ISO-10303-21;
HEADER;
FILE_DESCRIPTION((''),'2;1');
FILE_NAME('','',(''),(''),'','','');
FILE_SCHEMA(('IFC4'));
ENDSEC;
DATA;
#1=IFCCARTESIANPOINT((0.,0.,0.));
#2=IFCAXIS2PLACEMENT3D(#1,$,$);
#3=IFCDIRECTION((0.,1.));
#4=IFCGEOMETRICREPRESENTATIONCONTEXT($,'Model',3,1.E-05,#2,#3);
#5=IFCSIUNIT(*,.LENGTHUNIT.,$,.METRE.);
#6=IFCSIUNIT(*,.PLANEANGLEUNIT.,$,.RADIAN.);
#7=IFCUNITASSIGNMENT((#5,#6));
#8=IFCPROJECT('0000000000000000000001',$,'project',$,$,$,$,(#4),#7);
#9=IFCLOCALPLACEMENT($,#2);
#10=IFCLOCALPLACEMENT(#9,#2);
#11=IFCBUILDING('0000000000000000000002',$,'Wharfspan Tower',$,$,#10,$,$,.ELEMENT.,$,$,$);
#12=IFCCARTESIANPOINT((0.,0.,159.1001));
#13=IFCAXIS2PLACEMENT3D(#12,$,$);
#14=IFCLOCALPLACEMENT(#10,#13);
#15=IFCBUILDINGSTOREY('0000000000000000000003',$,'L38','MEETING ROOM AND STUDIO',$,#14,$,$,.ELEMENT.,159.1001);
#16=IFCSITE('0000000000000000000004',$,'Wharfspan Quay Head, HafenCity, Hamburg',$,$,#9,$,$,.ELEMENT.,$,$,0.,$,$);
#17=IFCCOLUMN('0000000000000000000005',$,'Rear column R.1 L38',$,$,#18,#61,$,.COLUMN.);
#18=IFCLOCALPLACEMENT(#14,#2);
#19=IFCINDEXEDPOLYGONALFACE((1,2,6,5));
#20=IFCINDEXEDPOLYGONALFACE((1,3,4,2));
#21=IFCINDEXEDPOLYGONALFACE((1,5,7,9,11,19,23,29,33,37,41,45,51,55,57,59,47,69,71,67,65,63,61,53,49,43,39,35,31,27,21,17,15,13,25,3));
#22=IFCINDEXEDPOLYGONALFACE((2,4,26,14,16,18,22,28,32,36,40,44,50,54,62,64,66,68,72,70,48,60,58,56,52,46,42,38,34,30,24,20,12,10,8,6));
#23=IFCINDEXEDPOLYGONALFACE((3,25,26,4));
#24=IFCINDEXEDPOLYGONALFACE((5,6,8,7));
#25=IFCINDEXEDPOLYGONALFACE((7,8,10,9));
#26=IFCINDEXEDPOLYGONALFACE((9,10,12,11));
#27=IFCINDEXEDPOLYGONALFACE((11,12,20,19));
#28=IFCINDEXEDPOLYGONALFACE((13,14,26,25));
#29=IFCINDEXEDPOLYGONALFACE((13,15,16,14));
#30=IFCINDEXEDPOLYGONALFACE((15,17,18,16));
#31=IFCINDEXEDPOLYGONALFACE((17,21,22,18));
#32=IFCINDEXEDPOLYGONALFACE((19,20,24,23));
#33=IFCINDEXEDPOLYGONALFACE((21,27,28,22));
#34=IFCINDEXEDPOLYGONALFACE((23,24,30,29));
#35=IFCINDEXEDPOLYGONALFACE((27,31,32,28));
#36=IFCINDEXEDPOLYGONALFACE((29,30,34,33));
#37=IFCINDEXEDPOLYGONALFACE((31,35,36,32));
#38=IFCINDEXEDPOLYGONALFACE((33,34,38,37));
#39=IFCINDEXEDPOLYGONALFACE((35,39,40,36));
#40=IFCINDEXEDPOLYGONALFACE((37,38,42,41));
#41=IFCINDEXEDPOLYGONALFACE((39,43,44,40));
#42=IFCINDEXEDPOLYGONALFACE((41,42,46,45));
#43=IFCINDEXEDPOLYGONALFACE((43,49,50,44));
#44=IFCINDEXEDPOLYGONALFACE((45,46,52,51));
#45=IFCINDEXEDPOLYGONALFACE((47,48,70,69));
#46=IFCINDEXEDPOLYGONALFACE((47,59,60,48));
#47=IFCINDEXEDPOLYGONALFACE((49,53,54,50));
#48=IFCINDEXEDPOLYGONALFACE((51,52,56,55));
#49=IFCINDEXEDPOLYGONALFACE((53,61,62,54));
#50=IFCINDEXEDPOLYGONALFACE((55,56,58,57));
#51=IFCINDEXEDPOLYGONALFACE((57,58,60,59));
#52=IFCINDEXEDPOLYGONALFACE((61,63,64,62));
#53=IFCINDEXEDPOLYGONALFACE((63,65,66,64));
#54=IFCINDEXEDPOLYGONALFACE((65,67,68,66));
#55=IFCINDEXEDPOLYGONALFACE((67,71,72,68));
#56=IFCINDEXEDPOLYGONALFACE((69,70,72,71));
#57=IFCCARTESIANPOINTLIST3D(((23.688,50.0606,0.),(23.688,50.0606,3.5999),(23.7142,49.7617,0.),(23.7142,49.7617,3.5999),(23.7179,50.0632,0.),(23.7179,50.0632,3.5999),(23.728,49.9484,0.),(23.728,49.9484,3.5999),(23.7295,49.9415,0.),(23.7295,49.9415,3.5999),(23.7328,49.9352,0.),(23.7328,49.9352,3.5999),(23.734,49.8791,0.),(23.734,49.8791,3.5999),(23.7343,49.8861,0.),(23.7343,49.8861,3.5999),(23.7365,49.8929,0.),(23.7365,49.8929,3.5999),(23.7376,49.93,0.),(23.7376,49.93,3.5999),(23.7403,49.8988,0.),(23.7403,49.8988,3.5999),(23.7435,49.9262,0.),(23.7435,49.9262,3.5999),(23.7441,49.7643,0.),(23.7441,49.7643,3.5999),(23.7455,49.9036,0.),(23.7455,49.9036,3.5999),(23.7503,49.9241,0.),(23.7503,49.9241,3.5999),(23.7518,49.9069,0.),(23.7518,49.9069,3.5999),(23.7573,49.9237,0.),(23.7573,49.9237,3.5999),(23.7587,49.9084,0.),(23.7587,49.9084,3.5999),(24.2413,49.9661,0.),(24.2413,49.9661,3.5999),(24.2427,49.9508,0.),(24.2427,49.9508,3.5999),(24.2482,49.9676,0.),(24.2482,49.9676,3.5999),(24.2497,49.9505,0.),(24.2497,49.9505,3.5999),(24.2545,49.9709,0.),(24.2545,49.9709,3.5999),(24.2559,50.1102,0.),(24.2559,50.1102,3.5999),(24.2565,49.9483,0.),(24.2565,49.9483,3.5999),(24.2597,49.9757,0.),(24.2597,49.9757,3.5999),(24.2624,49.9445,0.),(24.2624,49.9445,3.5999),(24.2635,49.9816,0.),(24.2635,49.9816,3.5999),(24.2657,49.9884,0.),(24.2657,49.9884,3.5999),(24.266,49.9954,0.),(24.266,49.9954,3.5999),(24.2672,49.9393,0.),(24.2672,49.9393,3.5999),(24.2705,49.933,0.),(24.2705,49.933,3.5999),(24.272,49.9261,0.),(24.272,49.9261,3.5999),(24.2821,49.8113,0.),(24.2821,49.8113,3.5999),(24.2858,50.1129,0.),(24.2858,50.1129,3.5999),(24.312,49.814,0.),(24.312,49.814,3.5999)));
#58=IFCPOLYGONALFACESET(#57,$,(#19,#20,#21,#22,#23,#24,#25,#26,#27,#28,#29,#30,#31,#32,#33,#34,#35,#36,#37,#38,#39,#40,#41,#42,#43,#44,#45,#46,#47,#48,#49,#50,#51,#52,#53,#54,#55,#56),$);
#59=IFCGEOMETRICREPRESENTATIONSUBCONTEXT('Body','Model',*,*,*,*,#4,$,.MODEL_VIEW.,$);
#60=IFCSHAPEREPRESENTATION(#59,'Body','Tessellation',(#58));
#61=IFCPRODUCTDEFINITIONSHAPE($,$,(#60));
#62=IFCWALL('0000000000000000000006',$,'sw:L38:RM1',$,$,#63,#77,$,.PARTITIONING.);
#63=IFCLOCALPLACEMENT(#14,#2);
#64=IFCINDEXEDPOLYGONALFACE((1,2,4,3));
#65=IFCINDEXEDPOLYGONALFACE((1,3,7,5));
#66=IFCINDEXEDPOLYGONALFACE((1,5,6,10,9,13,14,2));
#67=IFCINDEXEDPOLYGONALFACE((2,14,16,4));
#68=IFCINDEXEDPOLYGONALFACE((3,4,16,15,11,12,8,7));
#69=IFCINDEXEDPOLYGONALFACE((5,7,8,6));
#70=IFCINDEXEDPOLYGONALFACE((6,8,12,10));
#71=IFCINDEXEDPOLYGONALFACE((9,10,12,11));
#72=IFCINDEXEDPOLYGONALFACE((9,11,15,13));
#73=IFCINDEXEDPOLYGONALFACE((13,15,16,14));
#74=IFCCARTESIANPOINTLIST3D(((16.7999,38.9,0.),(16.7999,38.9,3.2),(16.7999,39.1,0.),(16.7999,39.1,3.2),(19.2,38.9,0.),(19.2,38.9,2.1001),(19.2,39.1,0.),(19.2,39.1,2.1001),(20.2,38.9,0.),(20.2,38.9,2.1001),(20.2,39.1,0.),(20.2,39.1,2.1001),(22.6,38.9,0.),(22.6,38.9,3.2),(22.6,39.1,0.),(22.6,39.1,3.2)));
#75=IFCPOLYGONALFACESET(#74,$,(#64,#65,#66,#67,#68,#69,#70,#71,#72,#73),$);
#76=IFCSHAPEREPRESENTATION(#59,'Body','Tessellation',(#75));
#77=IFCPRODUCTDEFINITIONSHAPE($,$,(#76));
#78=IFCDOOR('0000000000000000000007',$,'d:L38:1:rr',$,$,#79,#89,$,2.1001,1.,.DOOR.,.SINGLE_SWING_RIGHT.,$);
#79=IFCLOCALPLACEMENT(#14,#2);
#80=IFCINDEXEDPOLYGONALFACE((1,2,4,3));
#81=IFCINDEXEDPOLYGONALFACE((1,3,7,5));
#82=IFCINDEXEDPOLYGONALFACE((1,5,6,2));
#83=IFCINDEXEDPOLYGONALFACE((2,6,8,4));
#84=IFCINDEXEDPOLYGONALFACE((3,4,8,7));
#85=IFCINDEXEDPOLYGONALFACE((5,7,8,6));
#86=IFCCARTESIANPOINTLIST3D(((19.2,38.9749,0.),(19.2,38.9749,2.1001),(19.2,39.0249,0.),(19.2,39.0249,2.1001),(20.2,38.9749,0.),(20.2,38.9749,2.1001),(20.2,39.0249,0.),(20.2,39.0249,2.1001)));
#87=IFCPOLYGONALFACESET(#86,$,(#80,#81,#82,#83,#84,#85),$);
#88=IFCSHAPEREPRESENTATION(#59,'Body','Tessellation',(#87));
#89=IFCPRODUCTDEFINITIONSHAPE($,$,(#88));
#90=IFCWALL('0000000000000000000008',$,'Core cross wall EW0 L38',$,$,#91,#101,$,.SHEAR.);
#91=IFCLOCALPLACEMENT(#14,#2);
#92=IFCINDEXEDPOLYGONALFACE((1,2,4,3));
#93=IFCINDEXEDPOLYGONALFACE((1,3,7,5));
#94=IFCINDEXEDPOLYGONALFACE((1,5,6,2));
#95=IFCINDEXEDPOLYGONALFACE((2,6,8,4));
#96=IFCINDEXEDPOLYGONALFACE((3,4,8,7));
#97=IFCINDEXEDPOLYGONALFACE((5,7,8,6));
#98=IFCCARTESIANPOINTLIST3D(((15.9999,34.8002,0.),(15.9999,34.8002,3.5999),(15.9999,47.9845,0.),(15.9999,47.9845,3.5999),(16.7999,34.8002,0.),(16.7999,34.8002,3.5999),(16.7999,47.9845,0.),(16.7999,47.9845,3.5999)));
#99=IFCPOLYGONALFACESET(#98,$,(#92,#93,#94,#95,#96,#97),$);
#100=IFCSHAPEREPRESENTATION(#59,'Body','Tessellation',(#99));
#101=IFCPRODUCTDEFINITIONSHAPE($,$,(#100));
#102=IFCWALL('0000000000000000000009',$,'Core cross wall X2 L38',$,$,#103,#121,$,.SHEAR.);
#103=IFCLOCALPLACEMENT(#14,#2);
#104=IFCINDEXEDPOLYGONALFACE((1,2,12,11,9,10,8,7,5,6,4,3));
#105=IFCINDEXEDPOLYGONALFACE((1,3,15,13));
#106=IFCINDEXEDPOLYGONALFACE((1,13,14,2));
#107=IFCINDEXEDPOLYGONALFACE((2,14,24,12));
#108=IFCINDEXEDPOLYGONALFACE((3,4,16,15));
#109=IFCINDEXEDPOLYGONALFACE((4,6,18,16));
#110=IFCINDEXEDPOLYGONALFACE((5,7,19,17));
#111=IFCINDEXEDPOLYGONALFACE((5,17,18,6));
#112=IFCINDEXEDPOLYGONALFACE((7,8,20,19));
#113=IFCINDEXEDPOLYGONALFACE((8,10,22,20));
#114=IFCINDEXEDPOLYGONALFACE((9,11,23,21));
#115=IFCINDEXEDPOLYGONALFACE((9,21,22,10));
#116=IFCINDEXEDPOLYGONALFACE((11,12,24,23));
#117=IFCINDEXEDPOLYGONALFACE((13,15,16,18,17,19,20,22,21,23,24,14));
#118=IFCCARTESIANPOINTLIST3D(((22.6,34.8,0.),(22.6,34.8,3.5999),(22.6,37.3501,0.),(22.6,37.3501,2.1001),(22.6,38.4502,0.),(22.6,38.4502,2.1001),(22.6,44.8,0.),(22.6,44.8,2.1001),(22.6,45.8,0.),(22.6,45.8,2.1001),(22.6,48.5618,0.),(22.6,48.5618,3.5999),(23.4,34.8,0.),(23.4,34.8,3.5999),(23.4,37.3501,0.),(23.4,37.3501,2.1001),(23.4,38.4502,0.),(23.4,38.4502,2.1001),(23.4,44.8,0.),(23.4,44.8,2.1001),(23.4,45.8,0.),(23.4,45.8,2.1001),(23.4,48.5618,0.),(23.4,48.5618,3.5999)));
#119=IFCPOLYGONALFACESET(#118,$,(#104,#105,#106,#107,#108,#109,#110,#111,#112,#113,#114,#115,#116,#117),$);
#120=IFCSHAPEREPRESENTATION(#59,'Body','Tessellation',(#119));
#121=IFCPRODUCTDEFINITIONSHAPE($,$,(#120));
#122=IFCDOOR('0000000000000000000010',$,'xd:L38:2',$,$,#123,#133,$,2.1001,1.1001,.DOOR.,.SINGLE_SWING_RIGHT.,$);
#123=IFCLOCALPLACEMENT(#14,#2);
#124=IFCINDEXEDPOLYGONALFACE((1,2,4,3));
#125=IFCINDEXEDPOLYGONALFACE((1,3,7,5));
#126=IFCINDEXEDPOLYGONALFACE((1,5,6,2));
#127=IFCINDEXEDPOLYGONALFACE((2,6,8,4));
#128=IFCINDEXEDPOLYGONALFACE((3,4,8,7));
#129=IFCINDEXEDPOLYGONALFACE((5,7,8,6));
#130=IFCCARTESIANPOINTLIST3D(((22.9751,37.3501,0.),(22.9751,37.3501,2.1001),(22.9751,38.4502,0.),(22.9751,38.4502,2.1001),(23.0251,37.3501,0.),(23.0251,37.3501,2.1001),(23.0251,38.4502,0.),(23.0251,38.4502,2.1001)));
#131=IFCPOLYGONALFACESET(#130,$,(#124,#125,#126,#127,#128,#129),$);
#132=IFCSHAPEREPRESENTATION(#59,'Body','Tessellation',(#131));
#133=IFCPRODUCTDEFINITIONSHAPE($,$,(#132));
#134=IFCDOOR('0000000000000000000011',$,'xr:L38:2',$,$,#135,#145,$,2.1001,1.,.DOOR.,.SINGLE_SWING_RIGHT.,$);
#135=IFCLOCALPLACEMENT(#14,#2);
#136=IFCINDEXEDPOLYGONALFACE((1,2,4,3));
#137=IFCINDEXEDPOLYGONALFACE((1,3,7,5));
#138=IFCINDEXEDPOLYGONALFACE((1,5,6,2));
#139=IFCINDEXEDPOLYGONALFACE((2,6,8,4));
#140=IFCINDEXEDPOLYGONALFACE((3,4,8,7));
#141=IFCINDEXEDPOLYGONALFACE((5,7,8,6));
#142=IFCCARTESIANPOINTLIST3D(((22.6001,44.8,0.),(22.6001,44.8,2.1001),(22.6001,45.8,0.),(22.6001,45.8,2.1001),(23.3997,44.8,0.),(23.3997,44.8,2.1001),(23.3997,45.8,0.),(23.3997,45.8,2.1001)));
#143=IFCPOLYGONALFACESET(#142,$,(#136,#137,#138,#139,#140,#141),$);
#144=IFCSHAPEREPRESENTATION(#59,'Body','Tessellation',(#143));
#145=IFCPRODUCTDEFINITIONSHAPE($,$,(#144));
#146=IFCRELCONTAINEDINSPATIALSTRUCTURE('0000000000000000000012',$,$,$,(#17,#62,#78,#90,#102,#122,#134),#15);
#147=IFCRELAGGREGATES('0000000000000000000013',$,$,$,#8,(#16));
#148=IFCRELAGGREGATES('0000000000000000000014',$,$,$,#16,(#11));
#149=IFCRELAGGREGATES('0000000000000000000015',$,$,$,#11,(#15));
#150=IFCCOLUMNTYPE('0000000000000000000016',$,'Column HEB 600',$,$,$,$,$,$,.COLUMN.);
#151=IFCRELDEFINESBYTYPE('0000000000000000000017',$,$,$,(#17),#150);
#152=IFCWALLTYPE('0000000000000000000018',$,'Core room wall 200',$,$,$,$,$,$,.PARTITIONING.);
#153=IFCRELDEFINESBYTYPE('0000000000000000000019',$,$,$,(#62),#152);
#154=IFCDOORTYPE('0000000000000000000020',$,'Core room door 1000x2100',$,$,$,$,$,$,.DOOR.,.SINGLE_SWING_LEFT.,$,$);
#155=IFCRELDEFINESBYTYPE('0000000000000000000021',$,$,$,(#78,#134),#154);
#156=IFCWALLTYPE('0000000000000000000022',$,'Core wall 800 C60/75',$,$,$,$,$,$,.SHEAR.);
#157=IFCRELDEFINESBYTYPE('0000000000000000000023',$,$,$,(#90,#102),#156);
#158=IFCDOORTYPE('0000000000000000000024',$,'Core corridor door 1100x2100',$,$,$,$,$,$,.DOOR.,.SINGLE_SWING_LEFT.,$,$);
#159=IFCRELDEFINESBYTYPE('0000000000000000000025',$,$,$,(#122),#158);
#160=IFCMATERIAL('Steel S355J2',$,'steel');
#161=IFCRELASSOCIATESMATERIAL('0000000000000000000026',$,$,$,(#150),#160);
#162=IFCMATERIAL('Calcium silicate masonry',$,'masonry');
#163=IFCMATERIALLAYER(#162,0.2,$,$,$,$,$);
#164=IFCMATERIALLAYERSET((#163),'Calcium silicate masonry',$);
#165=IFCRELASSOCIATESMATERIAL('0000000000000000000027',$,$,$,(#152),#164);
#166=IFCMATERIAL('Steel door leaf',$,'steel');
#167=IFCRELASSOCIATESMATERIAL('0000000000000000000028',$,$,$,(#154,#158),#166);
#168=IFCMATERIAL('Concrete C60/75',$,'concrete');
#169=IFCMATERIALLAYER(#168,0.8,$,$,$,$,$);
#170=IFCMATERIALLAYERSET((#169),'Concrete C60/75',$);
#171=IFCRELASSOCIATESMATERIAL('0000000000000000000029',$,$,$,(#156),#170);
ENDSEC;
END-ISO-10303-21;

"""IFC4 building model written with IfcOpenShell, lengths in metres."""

from ifc_helpers import new_model, si_unit, direction, frame, frame_2d, origin, origin_2d, place, context, subcontext, project, spatial, rectangle, i_section, extrude, material, layer, layer_set, material_profile, profile_set, type_object, element, fill, save


model = new_model("IFC4")

# Units and contexts
model_context = context("Model", 3, precision=1e-05, world=origin(), true_north=direction((0.0, 1.0)))
body_context = subcontext(model_context, "Body", "Model", "MODEL_VIEW")
ifc_project = project(units=[si_unit("LENGTHUNIT", "METRE"), si_unit("PLANEANGLEUNIT", "RADIAN")], contexts=[model_context])

# Site, building, storey
site_placement = place(None, origin())
site = spatial("IfcSite", under=ifc_project, at=site_placement, Name="Wharfspan Quay Head, HafenCity, Hamburg", CompositionType="ELEMENT", RefElevation=0.0)
building_placement = place(site_placement, origin())
building = spatial("IfcBuilding", under=site, at=building_placement, Name="Wharfspan Tower", CompositionType="ELEMENT")
storey_placement = place(building_placement, frame((0.0, 0.0, 159.1001)))
storey = spatial("IfcBuildingStorey", under=building, at=storey_placement, Name="L38", Description="MEETING ROOM AND STUDIO", CompositionType="ELEMENT", Elevation=159.1001)

# Column
ifc_material_1 = material(Name="Steel S355J2", Category="steel")
ifc_material_profile_1 = material_profile(ifc_material_1, i_section(OverallWidth=0.3, OverallDepth=0.6001, WebThickness=0.0154, FlangeThickness=0.03, FilletRadius=0.0271, at=origin_2d()))
ifc_profile_set_1 = profile_set([ifc_material_profile_1], Name="Steel S355J2")
column_type = type_object("IfcColumnType", Name="Column HEB 600", PredefinedType="COLUMN", material=ifc_profile_set_1)
column_placement = place(storey_placement, frame((24.0, 49.9373, 0.0), z_axis=(0.0, 0.0, 1.0), x_axis=(-0.087156, 0.996198, 0.0)))
element("IfcColumn", 1, at=column_placement, inside=storey, type_object=column_type, Name="Rear column R.1 L38", PredefinedType="COLUMN", context=body_context, shape_type="SweptSolid", body=[
    extrude(i_section(OverallWidth=0.3, OverallDepth=0.6001, WebThickness=0.0154, FlangeThickness=0.03, FilletRadius=0.0271, at=origin_2d()), origin(), (0.0, 0.0, 1.0), 3.5999),
])

# Wall, opening, door
ifc_material_2 = material(Name="Calcium silicate masonry", Category="masonry")
ifc_layer_1 = layer(ifc_material_2, 0.2)
ifc_layer_set_1 = layer_set([ifc_layer_1], Name="Calcium silicate masonry")
wall_type_1 = type_object("IfcWallType", Name="Core room wall 200", PredefinedType="PARTITIONING", material=ifc_layer_set_1)
wall_1_placement = place(storey_placement, frame((16.8, 39.0, 0.0), z_axis=(0.0, 0.0, 1.0), x_axis=(1.0, 0.0, 0.0)))
wall_1 = element("IfcWall", 2, at=wall_1_placement, inside=storey, type_object=wall_type_1, Name="sw:L38:RM1", PredefinedType="PARTITIONING", context=body_context, shape_type="SweptSolid", body=[
    extrude(rectangle(XDim=5.8, YDim=0.2, at=frame_2d((2.8999, 0.0))), origin(), (0.0, 0.0, 1.0), 3.2),
])
opening_1_placement = place(wall_1_placement, frame((2.3999, 0.0, 0.0)))
opening_1 = element("IfcOpeningElement", 3, at=opening_1_placement, cuts=wall_1, PredefinedType="OPENING", context=body_context, shape_type="SweptSolid", body=[
    extrude(rectangle(XDim=1.0, YDim=2.1001, at=frame_2d((0.5, 1.05))), frame((0.0, 0.1099, 0.0), z_axis=(0.0, -1.0, 0.0), x_axis=(1.0, 0.0, 0.0)), (0.0, 0.0, 1.0), 0.22),
])
ifc_material_3 = material(Name="Steel door leaf", Category="steel")
door_type_1 = type_object("IfcDoorType", Name="Core room door 1000x2100", OperationType="SINGLE_SWING_LEFT", PredefinedType="DOOR", material=ifc_material_3)
door_1_placement = place(opening_1_placement, origin())
door_1 = element("IfcDoor", 4, at=door_1_placement, inside=storey, type_object=door_type_1, Name="d:L38:1:rr", OperationType="SINGLE_SWING_RIGHT", OverallHeight=2.1001, OverallWidth=1.0, PredefinedType="DOOR", context=body_context, shape_type="SweptSolid", body=[
    extrude(rectangle(XDim=1.0, YDim=2.1001, at=frame_2d((0.5, 1.05))), frame((0.0, 0.0249, 0.0), z_axis=(0.0, -1.0, 0.0), x_axis=(1.0, 0.0, 0.0)), (0.0, 0.0, 1.0), 0.05),
])
fill(opening_1, door_1)

# Wall
ifc_material_4 = material(Name="Concrete C60/75", Category="concrete")
ifc_layer_2 = layer(ifc_material_4, 0.8)
ifc_layer_set_2 = layer_set([ifc_layer_2], Name="Concrete C60/75")
wall_type_2 = type_object("IfcWallType", Name="Core wall 800 C60/75", PredefinedType="SHEAR", material=ifc_layer_set_2)
wall_2_placement = place(storey_placement, frame((16.3999, 34.8, 0.0), z_axis=(0.0, 0.0, 1.0), x_axis=(0.0, 1.0, 0.0)))
element("IfcWall", 5, at=wall_2_placement, inside=storey, type_object=wall_type_2, Name="Core cross wall EW0 L38", PredefinedType="SHEAR", context=body_context, shape_type="SweptSolid", body=[
    extrude(rectangle(XDim=13.1843, YDim=0.8, at=frame_2d((6.5923, 0.0))), origin(), (0.0, 0.0, 1.0), 3.5999),
])

# Wall, openings, doors
wall_3_placement = place(storey_placement, frame((23.0, 34.8, 0.0), z_axis=(0.0, 0.0, 1.0), x_axis=(0.0, 1.0, 0.0)))
wall_3 = element("IfcWall", 6, at=wall_3_placement, inside=storey, type_object=wall_type_2, Name="Core cross wall X2 L38", PredefinedType="SHEAR", context=body_context, shape_type="SweptSolid", body=[
    extrude(rectangle(XDim=13.7617, YDim=0.8, at=frame_2d((6.8809, 0.0))), origin(), (0.0, 0.0, 1.0), 3.5999),
])
opening_2_placement = place(wall_3_placement, frame((2.55, 0.0, 0.0)))
opening_2 = element("IfcOpeningElement", 7, at=opening_2_placement, cuts=wall_3, PredefinedType="OPENING", context=body_context, shape_type="SweptSolid", body=[
    extrude(rectangle(XDim=1.1001, YDim=2.1001, at=frame_2d((0.55, 1.05))), frame((0.0, 0.4099, 0.0), z_axis=(0.0, -1.0, 0.0), x_axis=(1.0, 0.0, 0.0)), (0.0, 0.0, 1.0), 0.8201),
])
opening_3_placement = place(wall_3_placement, frame((10.0, 0.0, 0.0)))
opening_3 = element("IfcOpeningElement", 8, at=opening_3_placement, cuts=wall_3, PredefinedType="OPENING", context=body_context, shape_type="SweptSolid", body=[
    extrude(rectangle(XDim=1.0, YDim=2.1001, at=frame_2d((0.5, 1.05))), frame((0.0, 0.4099, 0.0), z_axis=(0.0, -1.0, 0.0), x_axis=(1.0, 0.0, 0.0)), (0.0, 0.0, 1.0), 0.8201),
])
door_type_2 = type_object("IfcDoorType", Name="Core corridor door 1100x2100", OperationType="SINGLE_SWING_LEFT", PredefinedType="DOOR", material=ifc_material_3)
door_2_placement = place(opening_2_placement, origin())
door_2 = element("IfcDoor", 9, at=door_2_placement, inside=storey, type_object=door_type_2, Name="xd:L38:2", OperationType="SINGLE_SWING_RIGHT", OverallHeight=2.1001, OverallWidth=1.1001, PredefinedType="DOOR", context=body_context, shape_type="SweptSolid", body=[
    extrude(rectangle(XDim=1.1001, YDim=2.1001, at=frame_2d((0.55, 1.05))), frame((0.0, 0.0249, 0.0), z_axis=(0.0, -1.0, 0.0), x_axis=(1.0, 0.0, 0.0)), (0.0, 0.0, 1.0), 0.05),
])
fill(opening_2, door_2)
door_3_placement = place(opening_3_placement, origin())
door_3 = element("IfcDoor", 10, at=door_3_placement, inside=storey, type_object=door_type_1, Name="xr:L38:2", OperationType="SINGLE_SWING_RIGHT", OverallHeight=2.1001, OverallWidth=1.0, PredefinedType="DOOR", context=body_context, shape_type="SweptSolid", body=[
    extrude(rectangle(XDim=1.0, YDim=2.1001, at=frame_2d((0.5, 1.05))), frame((0.0, 0.3999, 0.0), z_axis=(0.0, -1.0, 0.0), x_axis=(1.0, 0.0, 0.0)), (0.0, 0.0, 1.0), 0.7996),
])
fill(opening_3, door_3)

save(model, "model.ifc")
